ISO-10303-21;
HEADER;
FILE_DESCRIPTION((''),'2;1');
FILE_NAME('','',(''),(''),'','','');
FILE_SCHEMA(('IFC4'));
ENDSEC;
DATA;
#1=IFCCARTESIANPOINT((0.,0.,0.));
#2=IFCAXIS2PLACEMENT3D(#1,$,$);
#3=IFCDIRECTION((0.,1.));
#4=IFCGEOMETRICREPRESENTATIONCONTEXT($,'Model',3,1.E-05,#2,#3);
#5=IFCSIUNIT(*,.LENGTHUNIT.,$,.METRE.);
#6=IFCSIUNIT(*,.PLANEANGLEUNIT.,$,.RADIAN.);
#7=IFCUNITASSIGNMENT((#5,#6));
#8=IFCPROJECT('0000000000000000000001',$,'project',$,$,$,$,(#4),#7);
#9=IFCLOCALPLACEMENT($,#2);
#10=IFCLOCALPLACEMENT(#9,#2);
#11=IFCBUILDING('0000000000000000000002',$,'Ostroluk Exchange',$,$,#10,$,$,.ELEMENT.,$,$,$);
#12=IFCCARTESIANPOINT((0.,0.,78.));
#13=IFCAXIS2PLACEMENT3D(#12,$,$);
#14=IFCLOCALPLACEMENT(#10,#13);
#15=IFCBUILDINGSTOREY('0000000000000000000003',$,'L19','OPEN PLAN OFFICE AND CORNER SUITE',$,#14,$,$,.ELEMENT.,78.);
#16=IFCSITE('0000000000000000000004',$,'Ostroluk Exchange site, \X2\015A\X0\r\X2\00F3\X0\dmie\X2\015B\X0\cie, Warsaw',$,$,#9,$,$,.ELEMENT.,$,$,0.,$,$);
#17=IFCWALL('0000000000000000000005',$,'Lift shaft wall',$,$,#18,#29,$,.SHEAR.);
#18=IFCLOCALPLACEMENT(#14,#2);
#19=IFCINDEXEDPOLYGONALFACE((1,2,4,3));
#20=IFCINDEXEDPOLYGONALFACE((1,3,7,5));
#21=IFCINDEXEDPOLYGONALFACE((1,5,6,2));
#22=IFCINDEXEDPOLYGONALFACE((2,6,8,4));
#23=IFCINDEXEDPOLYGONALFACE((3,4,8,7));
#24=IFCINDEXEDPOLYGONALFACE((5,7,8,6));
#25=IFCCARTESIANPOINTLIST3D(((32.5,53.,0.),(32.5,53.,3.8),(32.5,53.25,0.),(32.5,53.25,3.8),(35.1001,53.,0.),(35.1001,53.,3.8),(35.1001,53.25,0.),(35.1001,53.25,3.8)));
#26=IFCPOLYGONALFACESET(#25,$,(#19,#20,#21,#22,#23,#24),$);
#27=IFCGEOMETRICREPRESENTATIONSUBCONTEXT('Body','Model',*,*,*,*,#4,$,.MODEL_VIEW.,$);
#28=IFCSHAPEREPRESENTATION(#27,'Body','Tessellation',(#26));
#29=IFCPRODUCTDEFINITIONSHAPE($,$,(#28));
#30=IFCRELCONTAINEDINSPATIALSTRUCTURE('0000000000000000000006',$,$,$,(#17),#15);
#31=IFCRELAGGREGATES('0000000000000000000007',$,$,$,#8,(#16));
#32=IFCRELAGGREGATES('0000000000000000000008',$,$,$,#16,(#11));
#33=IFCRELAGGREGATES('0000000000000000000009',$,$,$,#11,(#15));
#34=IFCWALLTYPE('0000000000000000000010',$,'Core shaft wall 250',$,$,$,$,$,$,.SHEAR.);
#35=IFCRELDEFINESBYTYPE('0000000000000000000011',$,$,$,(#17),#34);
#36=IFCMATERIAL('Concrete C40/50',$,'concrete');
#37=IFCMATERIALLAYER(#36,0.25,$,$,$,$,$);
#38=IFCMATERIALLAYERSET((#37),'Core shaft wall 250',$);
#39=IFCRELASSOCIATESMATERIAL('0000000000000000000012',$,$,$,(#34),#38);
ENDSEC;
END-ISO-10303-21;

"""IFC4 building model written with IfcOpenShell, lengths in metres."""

from ifc_helpers import new_model, si_unit, direction, frame, frame_2d, origin, place, context, subcontext, project, spatial, rectangle, extrude, material, layer, layer_set, type_object, element, save


model = new_model("IFC4")

# Units and contexts
model_context = context("Model", 3, precision=1e-05, world=origin(), true_north=direction((0.0, 1.0)))
body_context = subcontext(model_context, "Body", "Model", "MODEL_VIEW")
ifc_project = project(units=[si_unit("LENGTHUNIT", "METRE"), si_unit("PLANEANGLEUNIT", "RADIAN")], contexts=[model_context])

# Site, building, storey
site_placement = place(None, origin())
site = spatial("IfcSite", under=ifc_project, at=site_placement, Name="Ostroluk Exchange site, Śródmieście, Warsaw", CompositionType="ELEMENT", RefElevation=0.0)
building_placement = place(site_placement, origin())
building = spatial("IfcBuilding", under=site, at=building_placement, Name="Ostroluk Exchange", CompositionType="ELEMENT")
storey_placement = place(building_placement, frame((0.0, 0.0, 78.0)))
storey = spatial("IfcBuildingStorey", under=building, at=storey_placement, Name="L19", Description="OPEN PLAN OFFICE AND CORNER SUITE", CompositionType="ELEMENT", Elevation=78.0)

# Shared definitions
ifc_material_1 = material(Name="Concrete C40/50", Category="concrete")
ifc_layer_1 = layer(ifc_material_1, 0.25)
ifc_layer_set_1 = layer_set([ifc_layer_1], Name="Core shaft wall 250")
wall_type_1 = type_object("IfcWallType", Name="Core shaft wall 250", PredefinedType="SHEAR", material=ifc_layer_set_1)

# Wall
for number, where, z_axis, x_axis, name in (
    (1, (32.5, 53.125, 0.0), (0.0, 0.0, 1.0), (1.0, 0.0, 0.0), "Lift shaft wall"),
):
    element("IfcWall", number, at=place(storey_placement, frame(where, z_axis=z_axis, x_axis=x_axis)), inside=storey, type_object=wall_type_1, Name=name, PredefinedType="SHEAR", context=body_context, shape_type="SweptSolid", body=[
        extrude(rectangle(XDim=2.6001, YDim=0.25, at=frame_2d((1.3, 0.0))), origin(), (0.0, 0.0, 1.0), 3.8),
    ])

save(model, "model.ifc")
